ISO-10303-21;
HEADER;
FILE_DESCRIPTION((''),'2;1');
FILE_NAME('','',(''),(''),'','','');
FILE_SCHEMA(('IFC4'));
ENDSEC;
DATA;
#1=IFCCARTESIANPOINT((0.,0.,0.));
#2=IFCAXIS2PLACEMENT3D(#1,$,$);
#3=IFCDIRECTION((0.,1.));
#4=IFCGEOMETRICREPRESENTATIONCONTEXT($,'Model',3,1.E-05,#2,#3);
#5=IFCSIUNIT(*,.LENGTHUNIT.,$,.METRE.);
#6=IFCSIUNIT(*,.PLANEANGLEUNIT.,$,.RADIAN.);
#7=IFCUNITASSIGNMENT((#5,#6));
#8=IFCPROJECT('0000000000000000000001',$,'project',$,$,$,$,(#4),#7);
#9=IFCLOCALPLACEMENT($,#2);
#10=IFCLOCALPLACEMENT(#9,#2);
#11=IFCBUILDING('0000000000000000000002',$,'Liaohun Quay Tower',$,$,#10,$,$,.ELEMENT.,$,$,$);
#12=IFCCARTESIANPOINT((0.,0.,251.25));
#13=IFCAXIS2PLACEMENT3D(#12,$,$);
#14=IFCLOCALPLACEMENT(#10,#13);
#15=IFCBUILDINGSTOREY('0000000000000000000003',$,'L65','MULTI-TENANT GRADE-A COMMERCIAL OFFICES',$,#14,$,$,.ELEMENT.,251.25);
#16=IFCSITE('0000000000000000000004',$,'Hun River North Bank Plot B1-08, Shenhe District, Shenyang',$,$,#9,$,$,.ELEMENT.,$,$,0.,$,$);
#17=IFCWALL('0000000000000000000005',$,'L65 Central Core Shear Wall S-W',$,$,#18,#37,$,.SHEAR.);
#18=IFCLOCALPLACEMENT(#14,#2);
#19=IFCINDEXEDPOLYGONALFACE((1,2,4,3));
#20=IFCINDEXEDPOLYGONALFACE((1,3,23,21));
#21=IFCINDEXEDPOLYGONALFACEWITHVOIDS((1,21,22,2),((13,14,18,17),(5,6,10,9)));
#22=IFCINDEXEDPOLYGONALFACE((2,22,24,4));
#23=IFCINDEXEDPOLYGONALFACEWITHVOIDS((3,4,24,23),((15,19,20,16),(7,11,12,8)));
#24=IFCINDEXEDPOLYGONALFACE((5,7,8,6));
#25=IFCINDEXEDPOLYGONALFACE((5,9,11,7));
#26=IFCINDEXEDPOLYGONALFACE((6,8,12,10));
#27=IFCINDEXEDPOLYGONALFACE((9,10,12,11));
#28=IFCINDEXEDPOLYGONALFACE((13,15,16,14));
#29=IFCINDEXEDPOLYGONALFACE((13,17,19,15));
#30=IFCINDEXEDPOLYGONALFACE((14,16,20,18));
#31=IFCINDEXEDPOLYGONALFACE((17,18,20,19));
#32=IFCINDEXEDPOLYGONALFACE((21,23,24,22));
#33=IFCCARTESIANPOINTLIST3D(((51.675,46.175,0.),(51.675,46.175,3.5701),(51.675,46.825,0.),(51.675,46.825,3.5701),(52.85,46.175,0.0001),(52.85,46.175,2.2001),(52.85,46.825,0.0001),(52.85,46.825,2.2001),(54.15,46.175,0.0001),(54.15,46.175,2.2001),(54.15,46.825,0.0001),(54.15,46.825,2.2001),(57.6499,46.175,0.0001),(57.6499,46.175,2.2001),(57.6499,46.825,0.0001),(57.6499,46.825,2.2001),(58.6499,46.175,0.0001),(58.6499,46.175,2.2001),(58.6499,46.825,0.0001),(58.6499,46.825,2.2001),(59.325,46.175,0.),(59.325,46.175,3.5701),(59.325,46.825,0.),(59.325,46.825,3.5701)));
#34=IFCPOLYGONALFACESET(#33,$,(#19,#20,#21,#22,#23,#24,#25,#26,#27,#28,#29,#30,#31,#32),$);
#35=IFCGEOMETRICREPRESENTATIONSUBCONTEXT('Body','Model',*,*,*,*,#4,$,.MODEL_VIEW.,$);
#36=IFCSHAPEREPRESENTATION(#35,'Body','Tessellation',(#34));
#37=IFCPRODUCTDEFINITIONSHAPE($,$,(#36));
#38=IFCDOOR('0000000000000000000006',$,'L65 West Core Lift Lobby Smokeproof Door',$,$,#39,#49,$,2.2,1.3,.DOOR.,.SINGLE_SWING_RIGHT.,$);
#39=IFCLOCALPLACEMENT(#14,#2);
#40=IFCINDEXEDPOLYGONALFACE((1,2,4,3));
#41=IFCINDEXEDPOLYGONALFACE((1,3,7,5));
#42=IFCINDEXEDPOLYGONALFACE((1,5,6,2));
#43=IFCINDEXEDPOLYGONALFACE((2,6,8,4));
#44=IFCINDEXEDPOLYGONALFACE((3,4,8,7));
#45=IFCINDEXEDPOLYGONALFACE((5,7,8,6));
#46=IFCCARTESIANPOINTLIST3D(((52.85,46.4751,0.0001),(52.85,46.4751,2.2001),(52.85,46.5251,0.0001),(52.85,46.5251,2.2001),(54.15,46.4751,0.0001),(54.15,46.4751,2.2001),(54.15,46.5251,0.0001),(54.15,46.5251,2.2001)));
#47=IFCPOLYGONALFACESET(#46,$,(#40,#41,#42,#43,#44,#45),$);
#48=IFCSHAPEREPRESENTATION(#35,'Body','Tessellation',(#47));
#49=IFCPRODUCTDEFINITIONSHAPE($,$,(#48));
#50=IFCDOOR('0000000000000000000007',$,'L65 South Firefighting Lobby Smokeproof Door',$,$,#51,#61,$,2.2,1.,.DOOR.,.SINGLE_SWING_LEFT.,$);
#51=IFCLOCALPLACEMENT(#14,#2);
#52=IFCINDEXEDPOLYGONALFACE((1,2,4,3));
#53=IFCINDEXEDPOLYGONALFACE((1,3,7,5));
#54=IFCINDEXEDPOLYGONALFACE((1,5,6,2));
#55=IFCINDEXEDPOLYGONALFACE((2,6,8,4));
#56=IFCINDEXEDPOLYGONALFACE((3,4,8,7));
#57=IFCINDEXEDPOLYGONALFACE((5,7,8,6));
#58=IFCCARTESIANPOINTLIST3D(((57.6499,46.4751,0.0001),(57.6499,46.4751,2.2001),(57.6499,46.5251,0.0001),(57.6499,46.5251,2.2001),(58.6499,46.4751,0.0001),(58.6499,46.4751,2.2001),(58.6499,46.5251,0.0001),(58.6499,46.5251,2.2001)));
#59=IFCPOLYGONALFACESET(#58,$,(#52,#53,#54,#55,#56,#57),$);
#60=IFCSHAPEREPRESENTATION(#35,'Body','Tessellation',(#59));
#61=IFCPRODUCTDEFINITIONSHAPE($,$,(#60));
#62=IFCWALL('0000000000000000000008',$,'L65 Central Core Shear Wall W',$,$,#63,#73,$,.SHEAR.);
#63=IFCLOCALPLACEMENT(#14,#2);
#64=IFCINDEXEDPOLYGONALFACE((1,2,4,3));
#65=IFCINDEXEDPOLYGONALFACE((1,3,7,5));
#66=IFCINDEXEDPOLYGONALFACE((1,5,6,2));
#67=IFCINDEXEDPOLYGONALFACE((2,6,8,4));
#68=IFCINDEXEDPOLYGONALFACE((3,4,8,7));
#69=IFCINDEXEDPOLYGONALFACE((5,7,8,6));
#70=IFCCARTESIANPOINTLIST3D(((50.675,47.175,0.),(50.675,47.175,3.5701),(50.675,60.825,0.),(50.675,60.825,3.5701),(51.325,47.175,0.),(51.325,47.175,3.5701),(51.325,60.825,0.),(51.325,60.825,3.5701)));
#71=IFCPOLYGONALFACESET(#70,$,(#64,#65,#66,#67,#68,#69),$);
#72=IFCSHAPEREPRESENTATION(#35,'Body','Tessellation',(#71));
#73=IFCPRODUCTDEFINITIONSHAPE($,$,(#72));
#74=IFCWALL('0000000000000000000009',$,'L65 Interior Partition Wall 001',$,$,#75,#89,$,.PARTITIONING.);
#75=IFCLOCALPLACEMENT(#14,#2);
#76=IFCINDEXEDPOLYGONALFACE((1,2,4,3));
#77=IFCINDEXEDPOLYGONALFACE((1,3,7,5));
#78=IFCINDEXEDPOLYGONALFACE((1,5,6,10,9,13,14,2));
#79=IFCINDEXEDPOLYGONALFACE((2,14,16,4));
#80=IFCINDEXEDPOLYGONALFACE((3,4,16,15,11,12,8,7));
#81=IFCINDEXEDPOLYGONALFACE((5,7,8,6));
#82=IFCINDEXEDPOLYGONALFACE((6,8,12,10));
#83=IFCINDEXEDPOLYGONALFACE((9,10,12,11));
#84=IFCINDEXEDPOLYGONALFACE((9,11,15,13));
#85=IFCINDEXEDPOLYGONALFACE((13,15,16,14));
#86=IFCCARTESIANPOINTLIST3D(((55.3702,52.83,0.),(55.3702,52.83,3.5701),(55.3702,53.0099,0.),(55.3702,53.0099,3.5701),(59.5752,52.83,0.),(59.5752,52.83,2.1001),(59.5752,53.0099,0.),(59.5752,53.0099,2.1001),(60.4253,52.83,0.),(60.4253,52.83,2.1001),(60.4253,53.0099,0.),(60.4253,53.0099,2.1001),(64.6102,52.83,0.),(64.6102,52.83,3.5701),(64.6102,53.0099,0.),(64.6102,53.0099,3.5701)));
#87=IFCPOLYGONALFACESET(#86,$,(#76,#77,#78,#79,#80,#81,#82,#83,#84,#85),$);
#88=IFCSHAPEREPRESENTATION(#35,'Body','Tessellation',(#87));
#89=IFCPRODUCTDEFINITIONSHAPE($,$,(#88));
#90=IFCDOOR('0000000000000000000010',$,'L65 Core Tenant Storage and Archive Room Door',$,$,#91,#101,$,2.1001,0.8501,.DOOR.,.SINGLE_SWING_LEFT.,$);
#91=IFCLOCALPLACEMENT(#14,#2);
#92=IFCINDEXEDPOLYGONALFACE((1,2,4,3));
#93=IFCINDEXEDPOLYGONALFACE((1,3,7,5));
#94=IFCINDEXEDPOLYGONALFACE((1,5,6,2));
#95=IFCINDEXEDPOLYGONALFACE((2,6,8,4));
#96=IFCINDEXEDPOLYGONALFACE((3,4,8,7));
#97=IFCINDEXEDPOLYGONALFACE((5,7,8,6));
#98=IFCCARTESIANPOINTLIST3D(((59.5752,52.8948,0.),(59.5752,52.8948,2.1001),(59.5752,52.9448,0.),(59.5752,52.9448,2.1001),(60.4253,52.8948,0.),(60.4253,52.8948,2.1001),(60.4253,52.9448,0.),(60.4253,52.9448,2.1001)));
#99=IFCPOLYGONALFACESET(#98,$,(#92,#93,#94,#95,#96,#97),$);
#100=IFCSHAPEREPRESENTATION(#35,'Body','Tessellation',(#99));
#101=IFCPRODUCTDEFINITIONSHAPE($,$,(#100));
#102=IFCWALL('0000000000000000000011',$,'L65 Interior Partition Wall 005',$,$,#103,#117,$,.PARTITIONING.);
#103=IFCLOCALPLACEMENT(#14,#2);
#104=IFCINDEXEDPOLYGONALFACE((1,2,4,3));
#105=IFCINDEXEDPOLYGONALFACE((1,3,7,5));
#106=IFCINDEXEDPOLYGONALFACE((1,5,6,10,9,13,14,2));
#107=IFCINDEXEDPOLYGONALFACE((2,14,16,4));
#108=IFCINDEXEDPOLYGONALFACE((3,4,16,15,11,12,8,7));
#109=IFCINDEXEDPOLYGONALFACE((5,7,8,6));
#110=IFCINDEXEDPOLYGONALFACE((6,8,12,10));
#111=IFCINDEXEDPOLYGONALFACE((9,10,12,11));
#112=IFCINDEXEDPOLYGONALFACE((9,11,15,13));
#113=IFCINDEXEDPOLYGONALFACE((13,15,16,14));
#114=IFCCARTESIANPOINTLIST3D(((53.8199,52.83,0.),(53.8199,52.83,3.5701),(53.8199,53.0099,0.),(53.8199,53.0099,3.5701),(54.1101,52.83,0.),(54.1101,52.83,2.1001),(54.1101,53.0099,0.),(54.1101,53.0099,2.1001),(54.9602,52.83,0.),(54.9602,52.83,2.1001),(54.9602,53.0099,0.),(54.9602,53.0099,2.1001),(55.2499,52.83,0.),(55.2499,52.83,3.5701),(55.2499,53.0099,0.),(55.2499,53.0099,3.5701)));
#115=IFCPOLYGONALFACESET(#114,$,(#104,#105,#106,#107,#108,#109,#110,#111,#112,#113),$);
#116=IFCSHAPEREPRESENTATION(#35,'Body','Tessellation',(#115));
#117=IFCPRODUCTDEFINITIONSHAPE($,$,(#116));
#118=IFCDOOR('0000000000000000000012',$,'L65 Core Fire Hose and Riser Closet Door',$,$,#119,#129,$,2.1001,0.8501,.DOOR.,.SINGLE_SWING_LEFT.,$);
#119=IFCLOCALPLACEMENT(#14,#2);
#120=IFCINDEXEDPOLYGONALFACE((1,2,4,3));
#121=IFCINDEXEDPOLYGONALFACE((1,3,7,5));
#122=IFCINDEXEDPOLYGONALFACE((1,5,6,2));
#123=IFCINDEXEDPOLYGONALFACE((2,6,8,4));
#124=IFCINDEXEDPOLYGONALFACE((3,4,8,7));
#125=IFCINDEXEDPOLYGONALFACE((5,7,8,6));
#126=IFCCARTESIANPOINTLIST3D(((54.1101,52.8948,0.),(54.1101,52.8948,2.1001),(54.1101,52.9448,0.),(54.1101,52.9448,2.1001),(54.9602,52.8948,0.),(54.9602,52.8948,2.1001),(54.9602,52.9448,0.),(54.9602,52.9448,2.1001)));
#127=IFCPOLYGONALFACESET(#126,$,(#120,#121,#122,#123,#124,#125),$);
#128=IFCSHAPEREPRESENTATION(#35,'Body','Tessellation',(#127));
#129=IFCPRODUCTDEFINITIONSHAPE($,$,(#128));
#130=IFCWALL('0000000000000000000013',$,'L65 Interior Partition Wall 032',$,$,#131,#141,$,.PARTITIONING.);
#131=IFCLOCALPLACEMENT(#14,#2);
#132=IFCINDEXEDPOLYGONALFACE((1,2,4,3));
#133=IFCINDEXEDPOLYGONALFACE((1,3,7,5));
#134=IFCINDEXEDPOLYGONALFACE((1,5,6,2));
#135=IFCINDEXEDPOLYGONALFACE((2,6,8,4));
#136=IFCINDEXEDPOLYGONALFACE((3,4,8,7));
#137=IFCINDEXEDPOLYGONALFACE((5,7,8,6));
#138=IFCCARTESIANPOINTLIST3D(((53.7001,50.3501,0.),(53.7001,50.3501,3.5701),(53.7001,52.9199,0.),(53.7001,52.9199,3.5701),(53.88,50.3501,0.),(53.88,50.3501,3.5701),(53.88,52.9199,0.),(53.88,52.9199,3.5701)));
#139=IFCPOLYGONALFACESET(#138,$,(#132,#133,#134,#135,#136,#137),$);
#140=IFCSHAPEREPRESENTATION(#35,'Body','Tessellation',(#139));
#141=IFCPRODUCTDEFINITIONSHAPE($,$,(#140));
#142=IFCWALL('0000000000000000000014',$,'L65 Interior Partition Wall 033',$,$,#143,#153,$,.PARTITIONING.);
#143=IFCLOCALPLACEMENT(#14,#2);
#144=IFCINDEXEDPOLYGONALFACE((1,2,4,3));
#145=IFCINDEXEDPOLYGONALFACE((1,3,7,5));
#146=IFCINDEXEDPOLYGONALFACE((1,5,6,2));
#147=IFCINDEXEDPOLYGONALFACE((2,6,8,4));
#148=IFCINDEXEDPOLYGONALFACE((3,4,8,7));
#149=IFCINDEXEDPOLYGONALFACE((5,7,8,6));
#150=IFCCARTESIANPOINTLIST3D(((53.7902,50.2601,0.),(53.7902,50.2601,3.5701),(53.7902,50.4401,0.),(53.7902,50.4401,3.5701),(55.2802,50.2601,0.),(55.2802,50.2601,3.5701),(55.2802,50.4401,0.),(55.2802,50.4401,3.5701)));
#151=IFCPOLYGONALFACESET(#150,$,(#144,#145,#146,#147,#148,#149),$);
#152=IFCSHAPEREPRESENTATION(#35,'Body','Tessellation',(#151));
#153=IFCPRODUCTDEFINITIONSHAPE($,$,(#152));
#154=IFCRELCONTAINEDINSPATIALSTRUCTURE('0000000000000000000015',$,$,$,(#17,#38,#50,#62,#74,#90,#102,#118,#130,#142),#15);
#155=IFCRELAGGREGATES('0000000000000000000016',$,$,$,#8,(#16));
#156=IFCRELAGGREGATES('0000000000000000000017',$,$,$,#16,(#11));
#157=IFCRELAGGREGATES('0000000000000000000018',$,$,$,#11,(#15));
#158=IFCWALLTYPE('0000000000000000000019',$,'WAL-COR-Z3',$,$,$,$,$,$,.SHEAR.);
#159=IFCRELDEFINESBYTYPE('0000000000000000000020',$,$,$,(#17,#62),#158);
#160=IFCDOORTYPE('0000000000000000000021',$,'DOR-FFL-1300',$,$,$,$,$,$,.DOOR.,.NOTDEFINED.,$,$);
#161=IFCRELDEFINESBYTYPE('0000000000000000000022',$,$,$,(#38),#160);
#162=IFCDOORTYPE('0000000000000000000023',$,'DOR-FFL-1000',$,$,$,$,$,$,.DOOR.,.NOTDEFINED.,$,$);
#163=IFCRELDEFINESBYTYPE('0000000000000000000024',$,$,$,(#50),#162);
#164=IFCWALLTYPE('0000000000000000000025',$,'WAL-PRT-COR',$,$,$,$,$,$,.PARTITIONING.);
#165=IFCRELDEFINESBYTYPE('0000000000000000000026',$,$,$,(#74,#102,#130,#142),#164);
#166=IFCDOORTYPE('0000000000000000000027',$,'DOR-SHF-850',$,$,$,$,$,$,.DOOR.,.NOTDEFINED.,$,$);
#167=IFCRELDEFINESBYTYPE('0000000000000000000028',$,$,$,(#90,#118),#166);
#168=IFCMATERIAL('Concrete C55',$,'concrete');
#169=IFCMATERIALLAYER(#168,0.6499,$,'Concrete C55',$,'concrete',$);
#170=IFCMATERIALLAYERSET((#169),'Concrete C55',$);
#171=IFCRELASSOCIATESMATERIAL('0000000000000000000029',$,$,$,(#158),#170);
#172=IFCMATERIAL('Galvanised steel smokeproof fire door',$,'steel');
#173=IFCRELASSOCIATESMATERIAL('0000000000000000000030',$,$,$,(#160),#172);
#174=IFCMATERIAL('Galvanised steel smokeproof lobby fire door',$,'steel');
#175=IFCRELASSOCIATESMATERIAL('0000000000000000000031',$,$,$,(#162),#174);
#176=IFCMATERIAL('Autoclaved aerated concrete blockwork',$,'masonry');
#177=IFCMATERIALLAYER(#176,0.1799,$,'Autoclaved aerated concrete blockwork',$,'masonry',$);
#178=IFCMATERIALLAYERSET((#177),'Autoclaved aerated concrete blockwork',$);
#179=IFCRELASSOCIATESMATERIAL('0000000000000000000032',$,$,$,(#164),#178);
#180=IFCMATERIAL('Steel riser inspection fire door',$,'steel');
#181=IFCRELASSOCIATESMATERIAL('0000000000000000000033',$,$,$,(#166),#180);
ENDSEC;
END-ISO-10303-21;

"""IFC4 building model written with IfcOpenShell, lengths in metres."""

from ifc_helpers import new_model, si_unit, direction, frame, frame_2d, origin, place, context, subcontext, project, spatial, rectangle, extrude, source, transform, mapped, material, layer, layer_set, type_object, element, fill, save


model = new_model("IFC4")

# Units and contexts
model_context = context("Model", 3, precision=1e-05, world=origin(), true_north=direction((0.0, 1.0)))
body_context = subcontext(model_context, "Body", "Model", "MODEL_VIEW")
ifc_project = project(units=[si_unit("LENGTHUNIT", "METRE"), si_unit("PLANEANGLEUNIT", "RADIAN")], contexts=[model_context])

# Site, building, storey
site_placement = place(None, origin())
site = spatial("IfcSite", under=ifc_project, at=site_placement, Name="Hun River North Bank Plot B1-08, Shenhe District, Shenyang", CompositionType="ELEMENT", RefElevation=0.0)
building_placement = place(site_placement, origin())
building = spatial("IfcBuilding", under=site, at=building_placement, Name="Liaohun Quay Tower", CompositionType="ELEMENT")
storey_placement = place(building_placement, frame((0.0, 0.0, 251.25)))
storey = spatial("IfcBuildingStorey", under=building, at=storey_placement, Name="L65", Description="MULTI-TENANT GRADE-A COMMERCIAL OFFICES", CompositionType="ELEMENT", Elevation=251.25)

# Wall, openings, doors
ifc_material_1 = material(Name="Concrete C55", Category="concrete")
ifc_layer_1 = layer(ifc_material_1, 0.6499, Name="Concrete C55", Category="concrete")
ifc_layer_set_1 = layer_set([ifc_layer_1], Name="Concrete C55")
wall_type_1 = type_object("IfcWallType", Name="WAL-COR-Z3", PredefinedType="SHEAR", material=ifc_layer_set_1)
wall_1_placement = place(storey_placement, frame((59.325, 46.5, 0.0), z_axis=(0.0, 0.0, 1.0), x_axis=(-1.0, 0.0, 0.0)))
wall_1 = element("IfcWall", 1, at=wall_1_placement, inside=storey, type_object=wall_type_1, Name="L65 Central Core Shear Wall S-W", PredefinedType="SHEAR", context=body_context, shape_type="SweptSolid", body=[
    extrude(rectangle(XDim=7.6499, YDim=0.6499, at=frame_2d((3.825, 0.0))), origin(), (0.0, 0.0, 1.0), 3.5701),
])
shared_shape_1 = source(origin(), body_context, "Body", "SweptSolid", [
    extrude(rectangle(XDim=1.3, YDim=2.2, at=frame_2d((0.6499, 1.1001))), frame((0.0, 0.335, 0.0), z_axis=(0.0, -1.0, 0.0), x_axis=(1.0, 0.0, 0.0)), (0.0, 0.0, 1.0), 0.6699),
])
opening_1_placement = place(wall_1_placement, frame((5.175, 0.0, 0.0)))
opening_1 = element("IfcOpeningElement", 2, at=opening_1_placement, cuts=wall_1, PredefinedType="OPENING", context=body_context, shape_type="MappedRepresentation", body=[
    mapped(shared_shape_1, transform((0.0, 0.0, 0.0), x_axis=(1.0, 0.0, 0.0), y_axis=(0.0, 1.0, 0.0), z_axis=(0.0, 0.0, 1.0), scale=1.0)),
])
shared_shape_2 = source(origin(), body_context, "Body", "SweptSolid", [
    extrude(rectangle(XDim=1.0, YDim=2.2, at=frame_2d((0.5, 1.1001))), frame((0.0, 0.335, 0.0), z_axis=(0.0, -1.0, 0.0), x_axis=(1.0, 0.0, 0.0)), (0.0, 0.0, 1.0), 0.6699),
])
opening_2_placement = place(wall_1_placement, frame((0.675, 0.0, 0.0)))
opening_2 = element("IfcOpeningElement", 3, at=opening_2_placement, cuts=wall_1, PredefinedType="OPENING", context=body_context, shape_type="MappedRepresentation", body=[
    mapped(shared_shape_2, transform((0.0, 0.0, 0.0), x_axis=(1.0, 0.0, 0.0), y_axis=(0.0, 1.0, 0.0), z_axis=(0.0, 0.0, 1.0), scale=1.0)),
])
ifc_material_2 = material(Name="Galvanised steel smokeproof fire door", Category="steel")
door_type_1 = type_object("IfcDoorType", Name="DOR-FFL-1300", OperationType="NOTDEFINED", PredefinedType="DOOR", material=ifc_material_2)
shared_shape_3 = source(origin(), body_context, "Body", "SweptSolid", [
    extrude(rectangle(XDim=1.3, YDim=2.2, at=frame_2d((0.6499, 1.1001))), frame((0.0, 0.0249, 0.0), z_axis=(0.0, -1.0, 0.0), x_axis=(1.0, 0.0, 0.0)), (0.0, 0.0, 1.0), 0.05),
])
door_1_placement = place(opening_1_placement, origin())
door_1 = element("IfcDoor", 4, at=door_1_placement, inside=storey, type_object=door_type_1, Name="L65 West Core Lift Lobby Smokeproof Door", OperationType="SINGLE_SWING_RIGHT", OverallHeight=2.2, OverallWidth=1.3, PredefinedType="DOOR", context=body_context, shape_type="MappedRepresentation", body=[
    mapped(shared_shape_3, transform((0.0, 0.0, 0.0), x_axis=(1.0, 0.0, 0.0), y_axis=(0.0, 1.0, 0.0), z_axis=(0.0, 0.0, 1.0), scale=1.0)),
])
fill(opening_1, door_1)
ifc_material_3 = material(Name="Galvanised steel smokeproof lobby fire door", Category="steel")
door_type_2 = type_object("IfcDoorType", Name="DOR-FFL-1000", OperationType="NOTDEFINED", PredefinedType="DOOR", material=ifc_material_3)
shared_shape_4 = source(origin(), body_context, "Body", "SweptSolid", [
    extrude(rectangle(XDim=1.0, YDim=2.2, at=frame_2d((0.5, 1.1001))), frame((0.0, 0.0249, 0.0), z_axis=(0.0, -1.0, 0.0), x_axis=(1.0, 0.0, 0.0)), (0.0, 0.0, 1.0), 0.05),
])
door_2_placement = place(opening_2_placement, origin())
door_2 = element("IfcDoor", 5, at=door_2_placement, inside=storey, type_object=door_type_2, Name="L65 South Firefighting Lobby Smokeproof Door", OperationType="SINGLE_SWING_LEFT", OverallHeight=2.2, OverallWidth=1.0, PredefinedType="DOOR", context=body_context, shape_type="MappedRepresentation", body=[
    mapped(shared_shape_4, transform((0.0, 0.0, 0.0), x_axis=(1.0, 0.0, 0.0), y_axis=(0.0, 1.0, 0.0), z_axis=(0.0, 0.0, 1.0), scale=1.0)),
])
fill(opening_2, door_2)

# Wall
wall_2_placement = place(storey_placement, frame((51.0, 47.175, 0.0), z_axis=(0.0, 0.0, 1.0), x_axis=(0.0, 1.0, 0.0)))
element("IfcWall", 6, at=wall_2_placement, inside=storey, type_object=wall_type_1, Name="L65 Central Core Shear Wall W", PredefinedType="SHEAR", context=body_context, shape_type="SweptSolid", body=[
    extrude(rectangle(XDim=13.6499, YDim=0.6499, at=frame_2d((6.825, 0.0))), origin(), (0.0, 0.0, 1.0), 3.5701),
])

# Walls, openings, doors
ifc_material_4 = material(Name="Autoclaved aerated concrete blockwork", Category="masonry")
ifc_layer_2 = layer(ifc_material_4, 0.1799, Name="Autoclaved aerated concrete blockwork", Category="masonry")
ifc_layer_set_2 = layer_set([ifc_layer_2], Name="Autoclaved aerated concrete blockwork")
wall_type_2 = type_object("IfcWallType", Name="WAL-PRT-COR", PredefinedType="PARTITIONING", material=ifc_layer_set_2)
wall_3_placement = place(storey_placement, frame((55.3701, 52.9199, 0.0), z_axis=(0.0, 0.0, 1.0), x_axis=(1.0, 0.0, 0.0)))
wall_3 = element("IfcWall", 7, at=wall_3_placement, inside=storey, type_object=wall_type_2, Name="L65 Interior Partition Wall 001", PredefinedType="PARTITIONING", context=body_context, shape_type="SweptSolid", body=[
    extrude(rectangle(XDim=9.24, YDim=0.1799, at=frame_2d((4.6201, 0.0))), origin(), (0.0, 0.0, 1.0), 3.5701),
])
shared_shape_5 = source(origin(), body_context, "Body", "SweptSolid", [
    extrude(rectangle(XDim=0.8501, YDim=2.1001, at=frame_2d((0.425, 1.05))), frame((0.0, 0.0999, 0.0), z_axis=(0.0, -1.0, 0.0), x_axis=(1.0, 0.0, 0.0)), (0.0, 0.0, 1.0), 0.2),
])
opening_3_placement = place(wall_3_placement, frame((4.2051, 0.0, 0.0)))
opening_3 = element("IfcOpeningElement", 8, at=opening_3_placement, cuts=wall_3, PredefinedType="OPENING", context=body_context, shape_type="MappedRepresentation", body=[
    mapped(shared_shape_5, transform((0.0, 0.0, 0.0), x_axis=(1.0, 0.0, 0.0), y_axis=(0.0, 1.0, 0.0), z_axis=(0.0, 0.0, 1.0), scale=1.0)),
])
ifc_material_5 = material(Name="Steel riser inspection fire door", Category="steel")
door_type_3 = type_object("IfcDoorType", Name="DOR-SHF-850", OperationType="NOTDEFINED", PredefinedType="DOOR", material=ifc_material_5)
shared_shape_6 = source(origin(), body_context, "Body", "SweptSolid", [
    extrude(rectangle(XDim=0.8501, YDim=2.1001, at=frame_2d((0.425, 1.05))), frame((0.0, 0.0249, 0.0), z_axis=(0.0, -1.0, 0.0), x_axis=(1.0, 0.0, 0.0)), (0.0, 0.0, 1.0), 0.05),
])
door_3_placement = place(opening_3_placement, origin())
door_3 = element("IfcDoor", 9, at=door_3_placement, inside=storey, type_object=door_type_3, Name="L65 Core Tenant Storage and Archive Room Door", OperationType="SINGLE_SWING_LEFT", OverallHeight=2.1001, OverallWidth=0.8501, PredefinedType="DOOR", context=body_context, shape_type="MappedRepresentation", body=[
    mapped(shared_shape_6, transform((0.0, 0.0, 0.0), x_axis=(1.0, 0.0, 0.0), y_axis=(0.0, 1.0, 0.0), z_axis=(0.0, 0.0, 1.0), scale=1.0)),
])
fill(opening_3, door_3)
wall_4_placement = place(storey_placement, frame((53.8201, 52.9199, 0.0), z_axis=(0.0, 0.0, 1.0), x_axis=(1.0, 0.0, 0.0)))
wall_4 = element("IfcWall", 10, at=wall_4_placement, inside=storey, type_object=wall_type_2, Name="L65 Interior Partition Wall 005", PredefinedType="PARTITIONING", context=body_context, shape_type="SweptSolid", body=[
    extrude(rectangle(XDim=1.4299, YDim=0.1799, at=frame_2d((0.7148, 0.0))), origin(), (0.0, 0.0, 1.0), 3.5701),
])
opening_4_placement = place(wall_4_placement, frame((0.29, 0.0, 0.0)))
opening_4 = element("IfcOpeningElement", 11, at=opening_4_placement, cuts=wall_4, PredefinedType="OPENING", context=body_context, shape_type="MappedRepresentation", body=[
    mapped(shared_shape_5, transform((0.0, 0.0, 0.0), x_axis=(1.0, 0.0, 0.0), y_axis=(0.0, 1.0, 0.0), z_axis=(0.0, 0.0, 1.0), scale=1.0)),
])
door_4_placement = place(opening_4_placement, origin())
door_4 = element("IfcDoor", 12, at=door_4_placement, inside=storey, type_object=door_type_3, Name="L65 Core Fire Hose and Riser Closet Door", OperationType="SINGLE_SWING_LEFT", OverallHeight=2.1001, OverallWidth=0.8501, PredefinedType="DOOR", context=body_context, shape_type="MappedRepresentation", body=[
    mapped(shared_shape_6, transform((0.0, 0.0, 0.0), x_axis=(1.0, 0.0, 0.0), y_axis=(0.0, 1.0, 0.0), z_axis=(0.0, 0.0, 1.0), scale=1.0)),
])
fill(opening_4, door_4)

# Walls
wall_5_placement = place(storey_placement, frame((53.79, 50.3501, 0.0), z_axis=(0.0, 0.0, 1.0), x_axis=(0.0, 1.0, 0.0)))
element("IfcWall", 13, at=wall_5_placement, inside=storey, type_object=wall_type_2, Name="L65 Interior Partition Wall 032", PredefinedType="PARTITIONING", context=body_context, shape_type="SweptSolid", body=[
    extrude(rectangle(XDim=2.5698, YDim=0.1799, at=frame_2d((1.2849, 0.0))), origin(), (0.0, 0.0, 1.0), 3.5701),
])
wall_6_placement = place(storey_placement, frame((53.79, 50.3501, 0.0), z_axis=(0.0, 0.0, 1.0), x_axis=(1.0, 0.0, 0.0)))
element("IfcWall", 14, at=wall_6_placement, inside=storey, type_object=wall_type_2, Name="L65 Interior Partition Wall 033", PredefinedType="PARTITIONING", context=body_context, shape_type="SweptSolid", body=[
    extrude(rectangle(XDim=1.49, YDim=0.1799, at=frame_2d((0.7451, 0.0))), origin(), (0.0, 0.0, 1.0), 3.5701),
])

save(model, "model.ifc")
